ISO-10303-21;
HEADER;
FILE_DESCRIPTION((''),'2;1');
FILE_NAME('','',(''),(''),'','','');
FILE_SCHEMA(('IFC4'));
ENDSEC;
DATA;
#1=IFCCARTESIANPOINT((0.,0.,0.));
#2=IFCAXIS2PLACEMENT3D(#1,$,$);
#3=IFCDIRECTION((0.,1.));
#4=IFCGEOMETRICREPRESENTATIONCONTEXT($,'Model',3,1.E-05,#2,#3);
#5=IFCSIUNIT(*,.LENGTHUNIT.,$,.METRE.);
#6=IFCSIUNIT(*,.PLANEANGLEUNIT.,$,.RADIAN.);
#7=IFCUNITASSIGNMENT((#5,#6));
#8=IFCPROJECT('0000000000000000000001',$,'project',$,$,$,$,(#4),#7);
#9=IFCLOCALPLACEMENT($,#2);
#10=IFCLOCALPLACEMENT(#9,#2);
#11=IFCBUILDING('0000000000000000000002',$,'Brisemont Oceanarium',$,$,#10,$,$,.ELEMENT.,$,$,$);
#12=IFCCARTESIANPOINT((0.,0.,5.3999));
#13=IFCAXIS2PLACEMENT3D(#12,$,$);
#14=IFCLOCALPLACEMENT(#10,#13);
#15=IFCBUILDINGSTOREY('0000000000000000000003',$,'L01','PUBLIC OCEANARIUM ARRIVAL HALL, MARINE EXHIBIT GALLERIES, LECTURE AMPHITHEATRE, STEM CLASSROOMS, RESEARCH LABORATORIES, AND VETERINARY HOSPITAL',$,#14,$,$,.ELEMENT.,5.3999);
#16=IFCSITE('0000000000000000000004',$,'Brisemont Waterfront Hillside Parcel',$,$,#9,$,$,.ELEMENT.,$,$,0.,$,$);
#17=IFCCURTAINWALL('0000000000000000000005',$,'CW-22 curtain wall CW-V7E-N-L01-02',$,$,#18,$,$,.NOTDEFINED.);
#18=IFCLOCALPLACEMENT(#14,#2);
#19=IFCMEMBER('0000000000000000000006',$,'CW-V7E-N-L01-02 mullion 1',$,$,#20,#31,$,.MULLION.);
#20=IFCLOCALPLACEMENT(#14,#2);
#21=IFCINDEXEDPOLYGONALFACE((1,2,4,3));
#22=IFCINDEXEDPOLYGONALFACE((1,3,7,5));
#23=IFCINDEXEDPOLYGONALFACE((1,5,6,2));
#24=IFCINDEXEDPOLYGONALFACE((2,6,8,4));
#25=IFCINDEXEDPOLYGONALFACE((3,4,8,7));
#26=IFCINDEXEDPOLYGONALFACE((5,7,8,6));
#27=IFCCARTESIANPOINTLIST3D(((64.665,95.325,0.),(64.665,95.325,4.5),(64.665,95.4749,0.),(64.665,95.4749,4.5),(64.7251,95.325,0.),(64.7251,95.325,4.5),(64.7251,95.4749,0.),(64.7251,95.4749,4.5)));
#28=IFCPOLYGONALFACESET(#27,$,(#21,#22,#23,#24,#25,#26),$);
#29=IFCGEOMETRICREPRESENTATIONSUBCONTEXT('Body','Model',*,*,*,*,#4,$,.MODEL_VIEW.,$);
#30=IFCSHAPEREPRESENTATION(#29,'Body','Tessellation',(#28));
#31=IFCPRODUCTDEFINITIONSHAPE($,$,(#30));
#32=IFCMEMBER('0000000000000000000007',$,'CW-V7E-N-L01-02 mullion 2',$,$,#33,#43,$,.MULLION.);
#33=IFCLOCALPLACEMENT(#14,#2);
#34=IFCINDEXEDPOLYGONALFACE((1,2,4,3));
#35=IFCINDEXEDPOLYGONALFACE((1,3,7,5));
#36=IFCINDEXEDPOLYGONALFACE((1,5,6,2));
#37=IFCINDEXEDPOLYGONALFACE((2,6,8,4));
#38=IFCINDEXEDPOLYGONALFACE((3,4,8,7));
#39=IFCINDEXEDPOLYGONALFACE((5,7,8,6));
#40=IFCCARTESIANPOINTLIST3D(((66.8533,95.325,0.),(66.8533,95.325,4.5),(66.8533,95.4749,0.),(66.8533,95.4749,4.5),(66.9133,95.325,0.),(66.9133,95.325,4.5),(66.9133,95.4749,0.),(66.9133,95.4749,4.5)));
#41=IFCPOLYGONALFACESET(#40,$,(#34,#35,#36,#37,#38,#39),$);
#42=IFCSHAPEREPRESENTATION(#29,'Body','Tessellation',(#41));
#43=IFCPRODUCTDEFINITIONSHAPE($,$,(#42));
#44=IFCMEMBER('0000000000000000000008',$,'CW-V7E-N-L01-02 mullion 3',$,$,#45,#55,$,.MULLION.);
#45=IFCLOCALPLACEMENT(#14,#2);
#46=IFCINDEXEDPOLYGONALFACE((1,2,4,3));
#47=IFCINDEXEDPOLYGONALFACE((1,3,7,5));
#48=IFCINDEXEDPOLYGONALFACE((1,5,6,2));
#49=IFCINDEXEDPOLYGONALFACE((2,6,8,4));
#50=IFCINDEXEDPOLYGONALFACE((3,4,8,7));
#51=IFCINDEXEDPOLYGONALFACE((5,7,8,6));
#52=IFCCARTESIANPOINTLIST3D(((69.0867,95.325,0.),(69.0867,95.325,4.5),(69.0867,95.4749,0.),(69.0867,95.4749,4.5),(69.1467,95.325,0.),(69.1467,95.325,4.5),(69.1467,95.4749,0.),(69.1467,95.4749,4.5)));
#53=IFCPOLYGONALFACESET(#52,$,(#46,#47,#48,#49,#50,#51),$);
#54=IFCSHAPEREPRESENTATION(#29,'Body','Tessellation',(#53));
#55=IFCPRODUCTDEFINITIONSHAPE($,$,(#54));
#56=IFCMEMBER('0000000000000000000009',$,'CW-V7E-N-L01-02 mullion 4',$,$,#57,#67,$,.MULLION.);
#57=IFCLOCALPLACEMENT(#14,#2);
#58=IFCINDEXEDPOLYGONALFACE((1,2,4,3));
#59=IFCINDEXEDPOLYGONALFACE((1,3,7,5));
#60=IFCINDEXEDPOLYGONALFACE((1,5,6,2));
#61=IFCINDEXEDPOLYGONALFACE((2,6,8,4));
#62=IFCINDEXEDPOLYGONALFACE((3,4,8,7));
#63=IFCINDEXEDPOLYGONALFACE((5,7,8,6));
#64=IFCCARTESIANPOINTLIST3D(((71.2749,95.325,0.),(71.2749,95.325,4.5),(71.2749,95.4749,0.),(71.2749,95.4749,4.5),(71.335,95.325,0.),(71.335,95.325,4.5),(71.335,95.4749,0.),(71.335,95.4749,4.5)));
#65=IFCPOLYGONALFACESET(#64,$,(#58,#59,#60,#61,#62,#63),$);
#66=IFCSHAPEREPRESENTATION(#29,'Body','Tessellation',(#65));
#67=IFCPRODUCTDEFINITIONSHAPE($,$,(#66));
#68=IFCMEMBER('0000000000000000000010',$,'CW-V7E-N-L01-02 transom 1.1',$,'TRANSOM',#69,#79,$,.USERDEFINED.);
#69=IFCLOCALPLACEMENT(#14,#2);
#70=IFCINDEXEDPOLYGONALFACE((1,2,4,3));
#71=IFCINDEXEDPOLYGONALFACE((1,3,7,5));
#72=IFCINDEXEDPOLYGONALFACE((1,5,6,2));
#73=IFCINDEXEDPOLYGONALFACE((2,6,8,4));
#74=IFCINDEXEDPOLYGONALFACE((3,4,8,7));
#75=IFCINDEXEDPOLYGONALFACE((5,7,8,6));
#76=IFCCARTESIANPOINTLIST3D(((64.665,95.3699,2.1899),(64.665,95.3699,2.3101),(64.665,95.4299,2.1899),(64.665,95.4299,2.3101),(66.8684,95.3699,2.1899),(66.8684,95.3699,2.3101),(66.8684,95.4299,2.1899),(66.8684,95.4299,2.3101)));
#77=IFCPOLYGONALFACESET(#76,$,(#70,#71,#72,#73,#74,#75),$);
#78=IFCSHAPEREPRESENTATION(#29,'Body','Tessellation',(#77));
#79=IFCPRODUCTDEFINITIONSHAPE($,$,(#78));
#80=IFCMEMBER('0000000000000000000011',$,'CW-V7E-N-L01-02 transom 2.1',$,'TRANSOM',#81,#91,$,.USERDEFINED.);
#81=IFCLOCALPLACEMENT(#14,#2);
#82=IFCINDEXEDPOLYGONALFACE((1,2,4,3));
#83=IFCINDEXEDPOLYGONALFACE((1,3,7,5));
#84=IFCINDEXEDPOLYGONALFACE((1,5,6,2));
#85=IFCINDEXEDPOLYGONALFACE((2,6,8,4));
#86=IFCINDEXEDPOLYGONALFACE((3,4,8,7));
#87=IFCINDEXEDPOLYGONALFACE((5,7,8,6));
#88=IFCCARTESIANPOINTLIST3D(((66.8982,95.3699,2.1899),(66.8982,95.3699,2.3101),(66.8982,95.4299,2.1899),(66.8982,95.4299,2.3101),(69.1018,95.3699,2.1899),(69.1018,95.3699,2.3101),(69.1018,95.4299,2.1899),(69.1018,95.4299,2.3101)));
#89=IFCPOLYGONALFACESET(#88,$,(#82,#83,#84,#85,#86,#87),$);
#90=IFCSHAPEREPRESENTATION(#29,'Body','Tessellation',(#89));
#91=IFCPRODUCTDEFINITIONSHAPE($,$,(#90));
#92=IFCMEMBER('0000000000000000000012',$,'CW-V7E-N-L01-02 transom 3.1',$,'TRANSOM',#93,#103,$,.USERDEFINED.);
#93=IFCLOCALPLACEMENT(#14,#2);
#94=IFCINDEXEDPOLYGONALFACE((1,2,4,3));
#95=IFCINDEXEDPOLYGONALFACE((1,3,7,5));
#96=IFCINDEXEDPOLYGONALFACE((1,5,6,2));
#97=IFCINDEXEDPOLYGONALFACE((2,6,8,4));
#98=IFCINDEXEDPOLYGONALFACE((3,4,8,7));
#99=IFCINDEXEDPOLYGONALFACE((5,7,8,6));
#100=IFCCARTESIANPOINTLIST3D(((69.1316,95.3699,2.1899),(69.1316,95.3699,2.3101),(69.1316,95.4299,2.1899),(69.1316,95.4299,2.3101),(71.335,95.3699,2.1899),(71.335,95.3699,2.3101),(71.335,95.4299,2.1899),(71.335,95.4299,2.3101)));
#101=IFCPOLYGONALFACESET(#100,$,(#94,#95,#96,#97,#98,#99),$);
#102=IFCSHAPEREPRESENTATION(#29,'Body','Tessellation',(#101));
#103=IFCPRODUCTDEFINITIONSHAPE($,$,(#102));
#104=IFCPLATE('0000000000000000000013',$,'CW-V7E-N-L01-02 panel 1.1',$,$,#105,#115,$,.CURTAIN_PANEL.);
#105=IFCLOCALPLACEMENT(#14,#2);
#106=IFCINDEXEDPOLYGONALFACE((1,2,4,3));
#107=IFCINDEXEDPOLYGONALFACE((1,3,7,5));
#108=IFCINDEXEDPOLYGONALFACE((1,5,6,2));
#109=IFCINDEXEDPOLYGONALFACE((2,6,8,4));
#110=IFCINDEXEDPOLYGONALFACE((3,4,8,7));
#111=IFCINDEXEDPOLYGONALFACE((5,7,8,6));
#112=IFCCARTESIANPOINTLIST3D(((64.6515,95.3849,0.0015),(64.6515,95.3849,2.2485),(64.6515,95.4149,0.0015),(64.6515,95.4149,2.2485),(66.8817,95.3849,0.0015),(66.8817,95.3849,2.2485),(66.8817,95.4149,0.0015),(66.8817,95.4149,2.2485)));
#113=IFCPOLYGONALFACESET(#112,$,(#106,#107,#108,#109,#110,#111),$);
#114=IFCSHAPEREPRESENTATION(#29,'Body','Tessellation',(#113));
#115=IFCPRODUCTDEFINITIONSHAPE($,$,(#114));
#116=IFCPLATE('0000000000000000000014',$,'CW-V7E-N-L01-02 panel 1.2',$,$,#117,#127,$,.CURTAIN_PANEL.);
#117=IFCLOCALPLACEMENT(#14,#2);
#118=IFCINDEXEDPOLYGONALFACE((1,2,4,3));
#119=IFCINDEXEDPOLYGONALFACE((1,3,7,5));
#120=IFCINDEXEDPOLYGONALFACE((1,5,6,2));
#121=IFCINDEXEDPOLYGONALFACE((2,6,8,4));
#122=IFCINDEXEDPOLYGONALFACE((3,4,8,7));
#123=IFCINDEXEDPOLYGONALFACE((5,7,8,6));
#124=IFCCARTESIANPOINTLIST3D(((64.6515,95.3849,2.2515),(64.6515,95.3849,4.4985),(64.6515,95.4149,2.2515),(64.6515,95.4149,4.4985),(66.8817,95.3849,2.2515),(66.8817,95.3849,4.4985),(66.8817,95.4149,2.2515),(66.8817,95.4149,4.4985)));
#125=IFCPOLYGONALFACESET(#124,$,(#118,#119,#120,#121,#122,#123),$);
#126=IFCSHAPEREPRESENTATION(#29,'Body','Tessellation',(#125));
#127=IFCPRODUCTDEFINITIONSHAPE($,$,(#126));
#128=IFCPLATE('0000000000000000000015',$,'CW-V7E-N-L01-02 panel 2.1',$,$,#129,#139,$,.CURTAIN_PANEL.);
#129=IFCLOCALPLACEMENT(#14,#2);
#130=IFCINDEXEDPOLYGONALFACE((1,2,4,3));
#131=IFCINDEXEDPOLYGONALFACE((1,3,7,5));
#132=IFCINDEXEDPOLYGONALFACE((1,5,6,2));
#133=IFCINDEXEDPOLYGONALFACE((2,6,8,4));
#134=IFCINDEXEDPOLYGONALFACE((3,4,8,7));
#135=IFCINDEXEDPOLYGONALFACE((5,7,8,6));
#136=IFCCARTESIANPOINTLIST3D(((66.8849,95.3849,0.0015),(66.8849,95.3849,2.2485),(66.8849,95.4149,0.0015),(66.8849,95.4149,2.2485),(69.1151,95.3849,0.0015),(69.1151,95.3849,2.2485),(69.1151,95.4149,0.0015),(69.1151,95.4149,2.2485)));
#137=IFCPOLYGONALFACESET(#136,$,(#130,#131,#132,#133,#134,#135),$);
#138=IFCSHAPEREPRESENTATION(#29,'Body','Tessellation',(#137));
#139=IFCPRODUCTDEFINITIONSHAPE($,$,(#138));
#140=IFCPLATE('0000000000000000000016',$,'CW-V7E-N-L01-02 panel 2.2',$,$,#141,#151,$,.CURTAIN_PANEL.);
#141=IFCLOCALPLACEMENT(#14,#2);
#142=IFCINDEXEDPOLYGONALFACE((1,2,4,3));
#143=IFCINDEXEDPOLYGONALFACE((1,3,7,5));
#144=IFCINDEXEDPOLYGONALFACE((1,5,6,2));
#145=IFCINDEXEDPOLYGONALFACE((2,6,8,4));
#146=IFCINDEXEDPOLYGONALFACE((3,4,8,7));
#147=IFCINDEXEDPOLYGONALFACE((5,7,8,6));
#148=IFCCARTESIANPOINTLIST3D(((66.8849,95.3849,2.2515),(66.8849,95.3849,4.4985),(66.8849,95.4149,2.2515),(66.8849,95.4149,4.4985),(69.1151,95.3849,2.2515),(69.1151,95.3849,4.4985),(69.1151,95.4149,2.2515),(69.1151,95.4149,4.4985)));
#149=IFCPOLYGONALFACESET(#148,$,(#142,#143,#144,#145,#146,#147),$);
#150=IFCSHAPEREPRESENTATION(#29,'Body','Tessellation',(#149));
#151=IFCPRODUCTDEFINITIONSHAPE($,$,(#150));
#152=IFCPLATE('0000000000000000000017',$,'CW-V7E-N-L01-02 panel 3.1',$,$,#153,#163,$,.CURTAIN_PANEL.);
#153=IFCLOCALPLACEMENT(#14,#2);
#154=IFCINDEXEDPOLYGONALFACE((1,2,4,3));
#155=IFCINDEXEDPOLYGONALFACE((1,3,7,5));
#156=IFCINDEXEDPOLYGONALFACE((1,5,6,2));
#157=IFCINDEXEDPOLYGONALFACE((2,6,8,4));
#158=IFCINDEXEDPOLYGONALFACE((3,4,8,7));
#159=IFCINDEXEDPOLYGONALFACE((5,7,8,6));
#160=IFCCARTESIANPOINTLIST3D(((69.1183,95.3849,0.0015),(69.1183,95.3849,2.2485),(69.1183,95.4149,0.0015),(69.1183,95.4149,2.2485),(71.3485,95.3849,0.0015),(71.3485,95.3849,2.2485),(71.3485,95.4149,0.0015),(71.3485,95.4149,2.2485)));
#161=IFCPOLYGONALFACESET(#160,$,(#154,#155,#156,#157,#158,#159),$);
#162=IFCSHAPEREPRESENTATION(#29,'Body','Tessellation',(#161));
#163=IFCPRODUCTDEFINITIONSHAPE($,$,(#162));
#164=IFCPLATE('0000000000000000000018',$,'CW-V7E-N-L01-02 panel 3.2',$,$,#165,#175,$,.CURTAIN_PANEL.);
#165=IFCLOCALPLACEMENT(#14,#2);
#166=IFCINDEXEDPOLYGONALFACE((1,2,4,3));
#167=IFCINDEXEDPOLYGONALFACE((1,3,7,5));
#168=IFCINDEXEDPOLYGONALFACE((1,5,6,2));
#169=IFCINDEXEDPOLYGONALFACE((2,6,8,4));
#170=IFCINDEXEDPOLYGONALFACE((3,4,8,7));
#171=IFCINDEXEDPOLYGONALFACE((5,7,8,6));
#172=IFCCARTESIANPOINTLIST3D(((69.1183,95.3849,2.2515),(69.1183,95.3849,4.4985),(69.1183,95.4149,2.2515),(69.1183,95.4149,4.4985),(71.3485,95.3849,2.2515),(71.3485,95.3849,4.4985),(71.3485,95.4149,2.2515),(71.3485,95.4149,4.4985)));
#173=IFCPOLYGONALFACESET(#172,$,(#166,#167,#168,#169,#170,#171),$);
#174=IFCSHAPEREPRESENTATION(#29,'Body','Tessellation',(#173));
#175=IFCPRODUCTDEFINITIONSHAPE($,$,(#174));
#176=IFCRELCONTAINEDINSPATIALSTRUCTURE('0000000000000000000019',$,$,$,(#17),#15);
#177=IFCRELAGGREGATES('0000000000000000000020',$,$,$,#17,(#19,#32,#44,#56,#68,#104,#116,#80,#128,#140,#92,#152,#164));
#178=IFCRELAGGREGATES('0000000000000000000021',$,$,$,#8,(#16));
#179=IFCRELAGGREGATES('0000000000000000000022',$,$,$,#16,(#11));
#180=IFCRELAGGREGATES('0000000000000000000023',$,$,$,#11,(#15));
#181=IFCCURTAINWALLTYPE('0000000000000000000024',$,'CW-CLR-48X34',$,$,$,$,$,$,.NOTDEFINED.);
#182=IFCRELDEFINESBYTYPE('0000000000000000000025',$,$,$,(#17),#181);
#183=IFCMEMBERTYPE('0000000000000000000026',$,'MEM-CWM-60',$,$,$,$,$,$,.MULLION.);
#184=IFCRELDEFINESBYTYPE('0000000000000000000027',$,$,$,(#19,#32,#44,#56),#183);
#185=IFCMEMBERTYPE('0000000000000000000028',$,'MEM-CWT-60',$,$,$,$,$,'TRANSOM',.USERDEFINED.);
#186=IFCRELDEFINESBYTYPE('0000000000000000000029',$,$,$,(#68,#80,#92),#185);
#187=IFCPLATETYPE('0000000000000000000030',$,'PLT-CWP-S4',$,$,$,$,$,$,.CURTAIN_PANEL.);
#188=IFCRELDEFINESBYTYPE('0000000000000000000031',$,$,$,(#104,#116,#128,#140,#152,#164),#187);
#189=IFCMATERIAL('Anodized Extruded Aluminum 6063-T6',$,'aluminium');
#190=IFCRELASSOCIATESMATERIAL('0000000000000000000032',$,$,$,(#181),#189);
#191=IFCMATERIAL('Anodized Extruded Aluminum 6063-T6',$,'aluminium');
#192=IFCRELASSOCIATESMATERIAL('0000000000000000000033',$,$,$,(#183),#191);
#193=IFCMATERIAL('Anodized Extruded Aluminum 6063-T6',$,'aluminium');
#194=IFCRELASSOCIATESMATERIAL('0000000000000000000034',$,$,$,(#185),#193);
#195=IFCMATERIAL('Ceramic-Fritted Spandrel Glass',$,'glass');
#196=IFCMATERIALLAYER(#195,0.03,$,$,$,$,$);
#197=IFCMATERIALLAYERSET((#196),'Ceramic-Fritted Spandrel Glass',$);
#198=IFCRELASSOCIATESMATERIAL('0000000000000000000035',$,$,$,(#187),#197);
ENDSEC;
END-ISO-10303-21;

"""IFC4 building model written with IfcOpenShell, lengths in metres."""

from ifc_helpers import new_model, si_unit, direction, frame, origin, origin_2d, place, context, subcontext, project, spatial, rectangle, extrude, material, layer, layer_set, material_profile, profile_set, type_object, element, aggregate, save


model = new_model("IFC4")

# Units and contexts
model_context = context("Model", 3, precision=1e-05, world=origin(), true_north=direction((0.0, 1.0)))
body_context = subcontext(model_context, "Body", "Model", "MODEL_VIEW")
ifc_project = project(units=[si_unit("LENGTHUNIT", "METRE"), si_unit("PLANEANGLEUNIT", "RADIAN")], contexts=[model_context])

# Site, building, storey
site_placement = place(None, origin())
site = spatial("IfcSite", under=ifc_project, at=site_placement, Name="Brisemont Waterfront Hillside Parcel", CompositionType="ELEMENT", RefElevation=0.0)
building_placement = place(site_placement, origin())
building = spatial("IfcBuilding", under=site, at=building_placement, Name="Brisemont Oceanarium", CompositionType="ELEMENT")
storey_placement = place(building_placement, frame((0.0, 0.0, 5.3999)))
storey = spatial("IfcBuildingStorey", under=building, at=storey_placement, Name="L01", Description="PUBLIC OCEANARIUM ARRIVAL HALL, MARINE EXHIBIT GALLERIES, LECTURE AMPHITHEATRE, STEM CLASSROOMS, RESEARCH LABORATORIES, AND VETERINARY HOSPITAL", CompositionType="ELEMENT", Elevation=5.3999)

# Curtain wall, members, plates
ifc_material_1 = material(Name="Anodized Extruded Aluminum 6063-T6", Category="aluminium")
curtain_wall_type = type_object("IfcCurtainWallType", Name="CW-CLR-48X34", PredefinedType="NOTDEFINED", material=ifc_material_1)
curtain_wall_placement = place(storey_placement, origin())
curtain_wall = element("IfcCurtainWall", 1, at=curtain_wall_placement, inside=storey, type_object=curtain_wall_type, Name="CW-22 curtain wall CW-V7E-N-L01-02", PredefinedType="NOTDEFINED")
ifc_material_2 = material(Name="Anodized Extruded Aluminum 6063-T6", Category="aluminium")
ifc_material_profile_1 = material_profile(ifc_material_2, rectangle(XDim=0.0601, YDim=0.1499, at=origin_2d()), Name="CWM-60X150")
ifc_profile_set_1 = profile_set([ifc_material_profile_1], Name="Anodized Extruded Aluminum 6063-T6")
member_type_1 = type_object("IfcMemberType", Name="MEM-CWM-60", PredefinedType="MULLION", material=ifc_profile_set_1)
member_1_placement = place(storey_placement, frame((64.6951, 95.3999, 0.0), z_axis=(0.0, 0.0, 1.0), x_axis=(1.0, 0.0, 0.0)))
member_1 = element("IfcMember", 2, at=member_1_placement, type_object=member_type_1, Name="CW-V7E-N-L01-02 mullion 1", PredefinedType="MULLION", context=body_context, shape_type="SweptSolid", body=[
    extrude(rectangle(XDim=0.0601, YDim=0.1499, at=origin_2d()), origin(), (0.0, 0.0, 1.0), 4.5),
])
member_2_placement = place(storey_placement, frame((66.8833, 95.3999, 0.0), z_axis=(0.0, 0.0, 1.0), x_axis=(1.0, 0.0, 0.0)))
member_2 = element("IfcMember", 3, at=member_2_placement, type_object=member_type_1, Name="CW-V7E-N-L01-02 mullion 2", PredefinedType="MULLION", context=body_context, shape_type="SweptSolid", body=[
    extrude(rectangle(XDim=0.0601, YDim=0.1499, at=origin_2d()), origin(), (0.0, 0.0, 1.0), 4.5),
])
member_3_placement = place(storey_placement, frame((69.1167, 95.3999, 0.0), z_axis=(0.0, 0.0, 1.0), x_axis=(1.0, 0.0, 0.0)))
member_3 = element("IfcMember", 4, at=member_3_placement, type_object=member_type_1, Name="CW-V7E-N-L01-02 mullion 3", PredefinedType="MULLION", context=body_context, shape_type="SweptSolid", body=[
    extrude(rectangle(XDim=0.0601, YDim=0.1499, at=origin_2d()), origin(), (0.0, 0.0, 1.0), 4.5),
])
member_4_placement = place(storey_placement, frame((71.3049, 95.3999, 0.0), z_axis=(0.0, 0.0, 1.0), x_axis=(1.0, 0.0, 0.0)))
member_4 = element("IfcMember", 5, at=member_4_placement, type_object=member_type_1, Name="CW-V7E-N-L01-02 mullion 4", PredefinedType="MULLION", context=body_context, shape_type="SweptSolid", body=[
    extrude(rectangle(XDim=0.0601, YDim=0.1499, at=origin_2d()), origin(), (0.0, 0.0, 1.0), 4.5),
])
ifc_material_3 = material(Name="Anodized Extruded Aluminum 6063-T6", Category="aluminium")
ifc_material_profile_2 = material_profile(ifc_material_3, rectangle(XDim=0.0601, YDim=0.1201, at=origin_2d()), Name="CWT-60X120")
ifc_profile_set_2 = profile_set([ifc_material_profile_2], Name="Anodized Extruded Aluminum 6063-T6")
member_type_2 = type_object("IfcMemberType", Name="MEM-CWT-60", ElementType="TRANSOM", PredefinedType="USERDEFINED", material=ifc_profile_set_2)
member_5_placement = place(storey_placement, frame((64.665, 95.3999, 2.25), z_axis=(1.0, 0.0, 0.0), x_axis=(0.0, 1.0, 0.0)))
member_5 = element("IfcMember", 6, at=member_5_placement, type_object=member_type_2, Name="CW-V7E-N-L01-02 transom 1.1", ObjectType="TRANSOM", PredefinedType="USERDEFINED", context=body_context, shape_type="SweptSolid", body=[
    extrude(rectangle(XDim=0.0601, YDim=0.1201, at=origin_2d()), origin(), (0.0, 0.0, 1.0), 2.2034),
])
member_6_placement = place(storey_placement, frame((66.8982, 95.3999, 2.25), z_axis=(1.0, 0.0, 0.0), x_axis=(0.0, 1.0, 0.0)))
member_6 = element("IfcMember", 7, at=member_6_placement, type_object=member_type_2, Name="CW-V7E-N-L01-02 transom 2.1", ObjectType="TRANSOM", PredefinedType="USERDEFINED", context=body_context, shape_type="SweptSolid", body=[
    extrude(rectangle(XDim=0.0601, YDim=0.1201, at=origin_2d()), origin(), (0.0, 0.0, 1.0), 2.2036),
])
member_7_placement = place(storey_placement, frame((69.1316, 95.3999, 2.25), z_axis=(1.0, 0.0, 0.0), x_axis=(0.0, 1.0, 0.0)))
member_7 = element("IfcMember", 8, at=member_7_placement, type_object=member_type_2, Name="CW-V7E-N-L01-02 transom 3.1", ObjectType="TRANSOM", PredefinedType="USERDEFINED", context=body_context, shape_type="SweptSolid", body=[
    extrude(rectangle(XDim=0.0601, YDim=0.1201, at=origin_2d()), origin(), (0.0, 0.0, 1.0), 2.2034),
])
ifc_material_4 = material(Name="Ceramic-Fritted Spandrel Glass", Category="glass")
ifc_layer_1 = layer(ifc_material_4, 0.03)
ifc_layer_set_1 = layer_set([ifc_layer_1], Name="Ceramic-Fritted Spandrel Glass")
plate_type = type_object("IfcPlateType", Name="PLT-CWP-S4", PredefinedType="CURTAIN_PANEL", material=ifc_layer_set_1)
plate_1_placement = place(storey_placement, frame((65.7666, 95.3999, 0.0015), z_axis=(0.0, 0.0, 1.0), x_axis=(1.0, 0.0, 0.0)))
plate_1 = element("IfcPlate", 9, at=plate_1_placement, type_object=plate_type, Name="CW-V7E-N-L01-02 panel 1.1", PredefinedType="CURTAIN_PANEL", context=body_context, shape_type="SweptSolid", body=[
    extrude(rectangle(XDim=2.2302, YDim=0.03, at=origin_2d()), origin(), (0.0, 0.0, 1.0), 2.2471),
])
plate_2_placement = place(storey_placement, frame((65.7666, 95.3999, 2.2515), z_axis=(0.0, 0.0, 1.0), x_axis=(1.0, 0.0, 0.0)))
plate_2 = element("IfcPlate", 10, at=plate_2_placement, type_object=plate_type, Name="CW-V7E-N-L01-02 panel 1.2", PredefinedType="CURTAIN_PANEL", context=body_context, shape_type="SweptSolid", body=[
    extrude(rectangle(XDim=2.2302, YDim=0.03, at=origin_2d()), origin(), (0.0, 0.0, 1.0), 2.2471),
])
plate_3_placement = place(storey_placement, frame((68.0, 95.3999, 0.0015), z_axis=(0.0, 0.0, 1.0), x_axis=(1.0, 0.0, 0.0)))
plate_3 = element("IfcPlate", 11, at=plate_3_placement, type_object=plate_type, Name="CW-V7E-N-L01-02 panel 2.1", PredefinedType="CURTAIN_PANEL", context=body_context, shape_type="SweptSolid", body=[
    extrude(rectangle(XDim=2.2302, YDim=0.03, at=origin_2d()), origin(), (0.0, 0.0, 1.0), 2.2471),
])
plate_4_placement = place(storey_placement, frame((68.0, 95.3999, 2.2515), z_axis=(0.0, 0.0, 1.0), x_axis=(1.0, 0.0, 0.0)))
plate_4 = element("IfcPlate", 12, at=plate_4_placement, type_object=plate_type, Name="CW-V7E-N-L01-02 panel 2.2", PredefinedType="CURTAIN_PANEL", context=body_context, shape_type="SweptSolid", body=[
    extrude(rectangle(XDim=2.2302, YDim=0.03, at=origin_2d()), origin(), (0.0, 0.0, 1.0), 2.2471),
])
plate_5_placement = place(storey_placement, frame((70.2334, 95.3999, 0.0015), z_axis=(0.0, 0.0, 1.0), x_axis=(1.0, 0.0, 0.0)))
plate_5 = element("IfcPlate", 13, at=plate_5_placement, type_object=plate_type, Name="CW-V7E-N-L01-02 panel 3.1", PredefinedType="CURTAIN_PANEL", context=body_context, shape_type="SweptSolid", body=[
    extrude(rectangle(XDim=2.2302, YDim=0.03, at=origin_2d()), origin(), (0.0, 0.0, 1.0), 2.2471),
])
plate_6_placement = place(storey_placement, frame((70.2334, 95.3999, 2.2515), z_axis=(0.0, 0.0, 1.0), x_axis=(1.0, 0.0, 0.0)))
plate_6 = element("IfcPlate", 14, at=plate_6_placement, type_object=plate_type, Name="CW-V7E-N-L01-02 panel 3.2", PredefinedType="CURTAIN_PANEL", context=body_context, shape_type="SweptSolid", body=[
    extrude(rectangle(XDim=2.2302, YDim=0.03, at=origin_2d()), origin(), (0.0, 0.0, 1.0), 2.2471),
])
aggregate(curtain_wall, [member_1, member_2, member_3, member_4, member_5, plate_1, plate_2, member_6, plate_3, plate_4, member_7, plate_5, plate_6])

save(model, "model.ifc")
